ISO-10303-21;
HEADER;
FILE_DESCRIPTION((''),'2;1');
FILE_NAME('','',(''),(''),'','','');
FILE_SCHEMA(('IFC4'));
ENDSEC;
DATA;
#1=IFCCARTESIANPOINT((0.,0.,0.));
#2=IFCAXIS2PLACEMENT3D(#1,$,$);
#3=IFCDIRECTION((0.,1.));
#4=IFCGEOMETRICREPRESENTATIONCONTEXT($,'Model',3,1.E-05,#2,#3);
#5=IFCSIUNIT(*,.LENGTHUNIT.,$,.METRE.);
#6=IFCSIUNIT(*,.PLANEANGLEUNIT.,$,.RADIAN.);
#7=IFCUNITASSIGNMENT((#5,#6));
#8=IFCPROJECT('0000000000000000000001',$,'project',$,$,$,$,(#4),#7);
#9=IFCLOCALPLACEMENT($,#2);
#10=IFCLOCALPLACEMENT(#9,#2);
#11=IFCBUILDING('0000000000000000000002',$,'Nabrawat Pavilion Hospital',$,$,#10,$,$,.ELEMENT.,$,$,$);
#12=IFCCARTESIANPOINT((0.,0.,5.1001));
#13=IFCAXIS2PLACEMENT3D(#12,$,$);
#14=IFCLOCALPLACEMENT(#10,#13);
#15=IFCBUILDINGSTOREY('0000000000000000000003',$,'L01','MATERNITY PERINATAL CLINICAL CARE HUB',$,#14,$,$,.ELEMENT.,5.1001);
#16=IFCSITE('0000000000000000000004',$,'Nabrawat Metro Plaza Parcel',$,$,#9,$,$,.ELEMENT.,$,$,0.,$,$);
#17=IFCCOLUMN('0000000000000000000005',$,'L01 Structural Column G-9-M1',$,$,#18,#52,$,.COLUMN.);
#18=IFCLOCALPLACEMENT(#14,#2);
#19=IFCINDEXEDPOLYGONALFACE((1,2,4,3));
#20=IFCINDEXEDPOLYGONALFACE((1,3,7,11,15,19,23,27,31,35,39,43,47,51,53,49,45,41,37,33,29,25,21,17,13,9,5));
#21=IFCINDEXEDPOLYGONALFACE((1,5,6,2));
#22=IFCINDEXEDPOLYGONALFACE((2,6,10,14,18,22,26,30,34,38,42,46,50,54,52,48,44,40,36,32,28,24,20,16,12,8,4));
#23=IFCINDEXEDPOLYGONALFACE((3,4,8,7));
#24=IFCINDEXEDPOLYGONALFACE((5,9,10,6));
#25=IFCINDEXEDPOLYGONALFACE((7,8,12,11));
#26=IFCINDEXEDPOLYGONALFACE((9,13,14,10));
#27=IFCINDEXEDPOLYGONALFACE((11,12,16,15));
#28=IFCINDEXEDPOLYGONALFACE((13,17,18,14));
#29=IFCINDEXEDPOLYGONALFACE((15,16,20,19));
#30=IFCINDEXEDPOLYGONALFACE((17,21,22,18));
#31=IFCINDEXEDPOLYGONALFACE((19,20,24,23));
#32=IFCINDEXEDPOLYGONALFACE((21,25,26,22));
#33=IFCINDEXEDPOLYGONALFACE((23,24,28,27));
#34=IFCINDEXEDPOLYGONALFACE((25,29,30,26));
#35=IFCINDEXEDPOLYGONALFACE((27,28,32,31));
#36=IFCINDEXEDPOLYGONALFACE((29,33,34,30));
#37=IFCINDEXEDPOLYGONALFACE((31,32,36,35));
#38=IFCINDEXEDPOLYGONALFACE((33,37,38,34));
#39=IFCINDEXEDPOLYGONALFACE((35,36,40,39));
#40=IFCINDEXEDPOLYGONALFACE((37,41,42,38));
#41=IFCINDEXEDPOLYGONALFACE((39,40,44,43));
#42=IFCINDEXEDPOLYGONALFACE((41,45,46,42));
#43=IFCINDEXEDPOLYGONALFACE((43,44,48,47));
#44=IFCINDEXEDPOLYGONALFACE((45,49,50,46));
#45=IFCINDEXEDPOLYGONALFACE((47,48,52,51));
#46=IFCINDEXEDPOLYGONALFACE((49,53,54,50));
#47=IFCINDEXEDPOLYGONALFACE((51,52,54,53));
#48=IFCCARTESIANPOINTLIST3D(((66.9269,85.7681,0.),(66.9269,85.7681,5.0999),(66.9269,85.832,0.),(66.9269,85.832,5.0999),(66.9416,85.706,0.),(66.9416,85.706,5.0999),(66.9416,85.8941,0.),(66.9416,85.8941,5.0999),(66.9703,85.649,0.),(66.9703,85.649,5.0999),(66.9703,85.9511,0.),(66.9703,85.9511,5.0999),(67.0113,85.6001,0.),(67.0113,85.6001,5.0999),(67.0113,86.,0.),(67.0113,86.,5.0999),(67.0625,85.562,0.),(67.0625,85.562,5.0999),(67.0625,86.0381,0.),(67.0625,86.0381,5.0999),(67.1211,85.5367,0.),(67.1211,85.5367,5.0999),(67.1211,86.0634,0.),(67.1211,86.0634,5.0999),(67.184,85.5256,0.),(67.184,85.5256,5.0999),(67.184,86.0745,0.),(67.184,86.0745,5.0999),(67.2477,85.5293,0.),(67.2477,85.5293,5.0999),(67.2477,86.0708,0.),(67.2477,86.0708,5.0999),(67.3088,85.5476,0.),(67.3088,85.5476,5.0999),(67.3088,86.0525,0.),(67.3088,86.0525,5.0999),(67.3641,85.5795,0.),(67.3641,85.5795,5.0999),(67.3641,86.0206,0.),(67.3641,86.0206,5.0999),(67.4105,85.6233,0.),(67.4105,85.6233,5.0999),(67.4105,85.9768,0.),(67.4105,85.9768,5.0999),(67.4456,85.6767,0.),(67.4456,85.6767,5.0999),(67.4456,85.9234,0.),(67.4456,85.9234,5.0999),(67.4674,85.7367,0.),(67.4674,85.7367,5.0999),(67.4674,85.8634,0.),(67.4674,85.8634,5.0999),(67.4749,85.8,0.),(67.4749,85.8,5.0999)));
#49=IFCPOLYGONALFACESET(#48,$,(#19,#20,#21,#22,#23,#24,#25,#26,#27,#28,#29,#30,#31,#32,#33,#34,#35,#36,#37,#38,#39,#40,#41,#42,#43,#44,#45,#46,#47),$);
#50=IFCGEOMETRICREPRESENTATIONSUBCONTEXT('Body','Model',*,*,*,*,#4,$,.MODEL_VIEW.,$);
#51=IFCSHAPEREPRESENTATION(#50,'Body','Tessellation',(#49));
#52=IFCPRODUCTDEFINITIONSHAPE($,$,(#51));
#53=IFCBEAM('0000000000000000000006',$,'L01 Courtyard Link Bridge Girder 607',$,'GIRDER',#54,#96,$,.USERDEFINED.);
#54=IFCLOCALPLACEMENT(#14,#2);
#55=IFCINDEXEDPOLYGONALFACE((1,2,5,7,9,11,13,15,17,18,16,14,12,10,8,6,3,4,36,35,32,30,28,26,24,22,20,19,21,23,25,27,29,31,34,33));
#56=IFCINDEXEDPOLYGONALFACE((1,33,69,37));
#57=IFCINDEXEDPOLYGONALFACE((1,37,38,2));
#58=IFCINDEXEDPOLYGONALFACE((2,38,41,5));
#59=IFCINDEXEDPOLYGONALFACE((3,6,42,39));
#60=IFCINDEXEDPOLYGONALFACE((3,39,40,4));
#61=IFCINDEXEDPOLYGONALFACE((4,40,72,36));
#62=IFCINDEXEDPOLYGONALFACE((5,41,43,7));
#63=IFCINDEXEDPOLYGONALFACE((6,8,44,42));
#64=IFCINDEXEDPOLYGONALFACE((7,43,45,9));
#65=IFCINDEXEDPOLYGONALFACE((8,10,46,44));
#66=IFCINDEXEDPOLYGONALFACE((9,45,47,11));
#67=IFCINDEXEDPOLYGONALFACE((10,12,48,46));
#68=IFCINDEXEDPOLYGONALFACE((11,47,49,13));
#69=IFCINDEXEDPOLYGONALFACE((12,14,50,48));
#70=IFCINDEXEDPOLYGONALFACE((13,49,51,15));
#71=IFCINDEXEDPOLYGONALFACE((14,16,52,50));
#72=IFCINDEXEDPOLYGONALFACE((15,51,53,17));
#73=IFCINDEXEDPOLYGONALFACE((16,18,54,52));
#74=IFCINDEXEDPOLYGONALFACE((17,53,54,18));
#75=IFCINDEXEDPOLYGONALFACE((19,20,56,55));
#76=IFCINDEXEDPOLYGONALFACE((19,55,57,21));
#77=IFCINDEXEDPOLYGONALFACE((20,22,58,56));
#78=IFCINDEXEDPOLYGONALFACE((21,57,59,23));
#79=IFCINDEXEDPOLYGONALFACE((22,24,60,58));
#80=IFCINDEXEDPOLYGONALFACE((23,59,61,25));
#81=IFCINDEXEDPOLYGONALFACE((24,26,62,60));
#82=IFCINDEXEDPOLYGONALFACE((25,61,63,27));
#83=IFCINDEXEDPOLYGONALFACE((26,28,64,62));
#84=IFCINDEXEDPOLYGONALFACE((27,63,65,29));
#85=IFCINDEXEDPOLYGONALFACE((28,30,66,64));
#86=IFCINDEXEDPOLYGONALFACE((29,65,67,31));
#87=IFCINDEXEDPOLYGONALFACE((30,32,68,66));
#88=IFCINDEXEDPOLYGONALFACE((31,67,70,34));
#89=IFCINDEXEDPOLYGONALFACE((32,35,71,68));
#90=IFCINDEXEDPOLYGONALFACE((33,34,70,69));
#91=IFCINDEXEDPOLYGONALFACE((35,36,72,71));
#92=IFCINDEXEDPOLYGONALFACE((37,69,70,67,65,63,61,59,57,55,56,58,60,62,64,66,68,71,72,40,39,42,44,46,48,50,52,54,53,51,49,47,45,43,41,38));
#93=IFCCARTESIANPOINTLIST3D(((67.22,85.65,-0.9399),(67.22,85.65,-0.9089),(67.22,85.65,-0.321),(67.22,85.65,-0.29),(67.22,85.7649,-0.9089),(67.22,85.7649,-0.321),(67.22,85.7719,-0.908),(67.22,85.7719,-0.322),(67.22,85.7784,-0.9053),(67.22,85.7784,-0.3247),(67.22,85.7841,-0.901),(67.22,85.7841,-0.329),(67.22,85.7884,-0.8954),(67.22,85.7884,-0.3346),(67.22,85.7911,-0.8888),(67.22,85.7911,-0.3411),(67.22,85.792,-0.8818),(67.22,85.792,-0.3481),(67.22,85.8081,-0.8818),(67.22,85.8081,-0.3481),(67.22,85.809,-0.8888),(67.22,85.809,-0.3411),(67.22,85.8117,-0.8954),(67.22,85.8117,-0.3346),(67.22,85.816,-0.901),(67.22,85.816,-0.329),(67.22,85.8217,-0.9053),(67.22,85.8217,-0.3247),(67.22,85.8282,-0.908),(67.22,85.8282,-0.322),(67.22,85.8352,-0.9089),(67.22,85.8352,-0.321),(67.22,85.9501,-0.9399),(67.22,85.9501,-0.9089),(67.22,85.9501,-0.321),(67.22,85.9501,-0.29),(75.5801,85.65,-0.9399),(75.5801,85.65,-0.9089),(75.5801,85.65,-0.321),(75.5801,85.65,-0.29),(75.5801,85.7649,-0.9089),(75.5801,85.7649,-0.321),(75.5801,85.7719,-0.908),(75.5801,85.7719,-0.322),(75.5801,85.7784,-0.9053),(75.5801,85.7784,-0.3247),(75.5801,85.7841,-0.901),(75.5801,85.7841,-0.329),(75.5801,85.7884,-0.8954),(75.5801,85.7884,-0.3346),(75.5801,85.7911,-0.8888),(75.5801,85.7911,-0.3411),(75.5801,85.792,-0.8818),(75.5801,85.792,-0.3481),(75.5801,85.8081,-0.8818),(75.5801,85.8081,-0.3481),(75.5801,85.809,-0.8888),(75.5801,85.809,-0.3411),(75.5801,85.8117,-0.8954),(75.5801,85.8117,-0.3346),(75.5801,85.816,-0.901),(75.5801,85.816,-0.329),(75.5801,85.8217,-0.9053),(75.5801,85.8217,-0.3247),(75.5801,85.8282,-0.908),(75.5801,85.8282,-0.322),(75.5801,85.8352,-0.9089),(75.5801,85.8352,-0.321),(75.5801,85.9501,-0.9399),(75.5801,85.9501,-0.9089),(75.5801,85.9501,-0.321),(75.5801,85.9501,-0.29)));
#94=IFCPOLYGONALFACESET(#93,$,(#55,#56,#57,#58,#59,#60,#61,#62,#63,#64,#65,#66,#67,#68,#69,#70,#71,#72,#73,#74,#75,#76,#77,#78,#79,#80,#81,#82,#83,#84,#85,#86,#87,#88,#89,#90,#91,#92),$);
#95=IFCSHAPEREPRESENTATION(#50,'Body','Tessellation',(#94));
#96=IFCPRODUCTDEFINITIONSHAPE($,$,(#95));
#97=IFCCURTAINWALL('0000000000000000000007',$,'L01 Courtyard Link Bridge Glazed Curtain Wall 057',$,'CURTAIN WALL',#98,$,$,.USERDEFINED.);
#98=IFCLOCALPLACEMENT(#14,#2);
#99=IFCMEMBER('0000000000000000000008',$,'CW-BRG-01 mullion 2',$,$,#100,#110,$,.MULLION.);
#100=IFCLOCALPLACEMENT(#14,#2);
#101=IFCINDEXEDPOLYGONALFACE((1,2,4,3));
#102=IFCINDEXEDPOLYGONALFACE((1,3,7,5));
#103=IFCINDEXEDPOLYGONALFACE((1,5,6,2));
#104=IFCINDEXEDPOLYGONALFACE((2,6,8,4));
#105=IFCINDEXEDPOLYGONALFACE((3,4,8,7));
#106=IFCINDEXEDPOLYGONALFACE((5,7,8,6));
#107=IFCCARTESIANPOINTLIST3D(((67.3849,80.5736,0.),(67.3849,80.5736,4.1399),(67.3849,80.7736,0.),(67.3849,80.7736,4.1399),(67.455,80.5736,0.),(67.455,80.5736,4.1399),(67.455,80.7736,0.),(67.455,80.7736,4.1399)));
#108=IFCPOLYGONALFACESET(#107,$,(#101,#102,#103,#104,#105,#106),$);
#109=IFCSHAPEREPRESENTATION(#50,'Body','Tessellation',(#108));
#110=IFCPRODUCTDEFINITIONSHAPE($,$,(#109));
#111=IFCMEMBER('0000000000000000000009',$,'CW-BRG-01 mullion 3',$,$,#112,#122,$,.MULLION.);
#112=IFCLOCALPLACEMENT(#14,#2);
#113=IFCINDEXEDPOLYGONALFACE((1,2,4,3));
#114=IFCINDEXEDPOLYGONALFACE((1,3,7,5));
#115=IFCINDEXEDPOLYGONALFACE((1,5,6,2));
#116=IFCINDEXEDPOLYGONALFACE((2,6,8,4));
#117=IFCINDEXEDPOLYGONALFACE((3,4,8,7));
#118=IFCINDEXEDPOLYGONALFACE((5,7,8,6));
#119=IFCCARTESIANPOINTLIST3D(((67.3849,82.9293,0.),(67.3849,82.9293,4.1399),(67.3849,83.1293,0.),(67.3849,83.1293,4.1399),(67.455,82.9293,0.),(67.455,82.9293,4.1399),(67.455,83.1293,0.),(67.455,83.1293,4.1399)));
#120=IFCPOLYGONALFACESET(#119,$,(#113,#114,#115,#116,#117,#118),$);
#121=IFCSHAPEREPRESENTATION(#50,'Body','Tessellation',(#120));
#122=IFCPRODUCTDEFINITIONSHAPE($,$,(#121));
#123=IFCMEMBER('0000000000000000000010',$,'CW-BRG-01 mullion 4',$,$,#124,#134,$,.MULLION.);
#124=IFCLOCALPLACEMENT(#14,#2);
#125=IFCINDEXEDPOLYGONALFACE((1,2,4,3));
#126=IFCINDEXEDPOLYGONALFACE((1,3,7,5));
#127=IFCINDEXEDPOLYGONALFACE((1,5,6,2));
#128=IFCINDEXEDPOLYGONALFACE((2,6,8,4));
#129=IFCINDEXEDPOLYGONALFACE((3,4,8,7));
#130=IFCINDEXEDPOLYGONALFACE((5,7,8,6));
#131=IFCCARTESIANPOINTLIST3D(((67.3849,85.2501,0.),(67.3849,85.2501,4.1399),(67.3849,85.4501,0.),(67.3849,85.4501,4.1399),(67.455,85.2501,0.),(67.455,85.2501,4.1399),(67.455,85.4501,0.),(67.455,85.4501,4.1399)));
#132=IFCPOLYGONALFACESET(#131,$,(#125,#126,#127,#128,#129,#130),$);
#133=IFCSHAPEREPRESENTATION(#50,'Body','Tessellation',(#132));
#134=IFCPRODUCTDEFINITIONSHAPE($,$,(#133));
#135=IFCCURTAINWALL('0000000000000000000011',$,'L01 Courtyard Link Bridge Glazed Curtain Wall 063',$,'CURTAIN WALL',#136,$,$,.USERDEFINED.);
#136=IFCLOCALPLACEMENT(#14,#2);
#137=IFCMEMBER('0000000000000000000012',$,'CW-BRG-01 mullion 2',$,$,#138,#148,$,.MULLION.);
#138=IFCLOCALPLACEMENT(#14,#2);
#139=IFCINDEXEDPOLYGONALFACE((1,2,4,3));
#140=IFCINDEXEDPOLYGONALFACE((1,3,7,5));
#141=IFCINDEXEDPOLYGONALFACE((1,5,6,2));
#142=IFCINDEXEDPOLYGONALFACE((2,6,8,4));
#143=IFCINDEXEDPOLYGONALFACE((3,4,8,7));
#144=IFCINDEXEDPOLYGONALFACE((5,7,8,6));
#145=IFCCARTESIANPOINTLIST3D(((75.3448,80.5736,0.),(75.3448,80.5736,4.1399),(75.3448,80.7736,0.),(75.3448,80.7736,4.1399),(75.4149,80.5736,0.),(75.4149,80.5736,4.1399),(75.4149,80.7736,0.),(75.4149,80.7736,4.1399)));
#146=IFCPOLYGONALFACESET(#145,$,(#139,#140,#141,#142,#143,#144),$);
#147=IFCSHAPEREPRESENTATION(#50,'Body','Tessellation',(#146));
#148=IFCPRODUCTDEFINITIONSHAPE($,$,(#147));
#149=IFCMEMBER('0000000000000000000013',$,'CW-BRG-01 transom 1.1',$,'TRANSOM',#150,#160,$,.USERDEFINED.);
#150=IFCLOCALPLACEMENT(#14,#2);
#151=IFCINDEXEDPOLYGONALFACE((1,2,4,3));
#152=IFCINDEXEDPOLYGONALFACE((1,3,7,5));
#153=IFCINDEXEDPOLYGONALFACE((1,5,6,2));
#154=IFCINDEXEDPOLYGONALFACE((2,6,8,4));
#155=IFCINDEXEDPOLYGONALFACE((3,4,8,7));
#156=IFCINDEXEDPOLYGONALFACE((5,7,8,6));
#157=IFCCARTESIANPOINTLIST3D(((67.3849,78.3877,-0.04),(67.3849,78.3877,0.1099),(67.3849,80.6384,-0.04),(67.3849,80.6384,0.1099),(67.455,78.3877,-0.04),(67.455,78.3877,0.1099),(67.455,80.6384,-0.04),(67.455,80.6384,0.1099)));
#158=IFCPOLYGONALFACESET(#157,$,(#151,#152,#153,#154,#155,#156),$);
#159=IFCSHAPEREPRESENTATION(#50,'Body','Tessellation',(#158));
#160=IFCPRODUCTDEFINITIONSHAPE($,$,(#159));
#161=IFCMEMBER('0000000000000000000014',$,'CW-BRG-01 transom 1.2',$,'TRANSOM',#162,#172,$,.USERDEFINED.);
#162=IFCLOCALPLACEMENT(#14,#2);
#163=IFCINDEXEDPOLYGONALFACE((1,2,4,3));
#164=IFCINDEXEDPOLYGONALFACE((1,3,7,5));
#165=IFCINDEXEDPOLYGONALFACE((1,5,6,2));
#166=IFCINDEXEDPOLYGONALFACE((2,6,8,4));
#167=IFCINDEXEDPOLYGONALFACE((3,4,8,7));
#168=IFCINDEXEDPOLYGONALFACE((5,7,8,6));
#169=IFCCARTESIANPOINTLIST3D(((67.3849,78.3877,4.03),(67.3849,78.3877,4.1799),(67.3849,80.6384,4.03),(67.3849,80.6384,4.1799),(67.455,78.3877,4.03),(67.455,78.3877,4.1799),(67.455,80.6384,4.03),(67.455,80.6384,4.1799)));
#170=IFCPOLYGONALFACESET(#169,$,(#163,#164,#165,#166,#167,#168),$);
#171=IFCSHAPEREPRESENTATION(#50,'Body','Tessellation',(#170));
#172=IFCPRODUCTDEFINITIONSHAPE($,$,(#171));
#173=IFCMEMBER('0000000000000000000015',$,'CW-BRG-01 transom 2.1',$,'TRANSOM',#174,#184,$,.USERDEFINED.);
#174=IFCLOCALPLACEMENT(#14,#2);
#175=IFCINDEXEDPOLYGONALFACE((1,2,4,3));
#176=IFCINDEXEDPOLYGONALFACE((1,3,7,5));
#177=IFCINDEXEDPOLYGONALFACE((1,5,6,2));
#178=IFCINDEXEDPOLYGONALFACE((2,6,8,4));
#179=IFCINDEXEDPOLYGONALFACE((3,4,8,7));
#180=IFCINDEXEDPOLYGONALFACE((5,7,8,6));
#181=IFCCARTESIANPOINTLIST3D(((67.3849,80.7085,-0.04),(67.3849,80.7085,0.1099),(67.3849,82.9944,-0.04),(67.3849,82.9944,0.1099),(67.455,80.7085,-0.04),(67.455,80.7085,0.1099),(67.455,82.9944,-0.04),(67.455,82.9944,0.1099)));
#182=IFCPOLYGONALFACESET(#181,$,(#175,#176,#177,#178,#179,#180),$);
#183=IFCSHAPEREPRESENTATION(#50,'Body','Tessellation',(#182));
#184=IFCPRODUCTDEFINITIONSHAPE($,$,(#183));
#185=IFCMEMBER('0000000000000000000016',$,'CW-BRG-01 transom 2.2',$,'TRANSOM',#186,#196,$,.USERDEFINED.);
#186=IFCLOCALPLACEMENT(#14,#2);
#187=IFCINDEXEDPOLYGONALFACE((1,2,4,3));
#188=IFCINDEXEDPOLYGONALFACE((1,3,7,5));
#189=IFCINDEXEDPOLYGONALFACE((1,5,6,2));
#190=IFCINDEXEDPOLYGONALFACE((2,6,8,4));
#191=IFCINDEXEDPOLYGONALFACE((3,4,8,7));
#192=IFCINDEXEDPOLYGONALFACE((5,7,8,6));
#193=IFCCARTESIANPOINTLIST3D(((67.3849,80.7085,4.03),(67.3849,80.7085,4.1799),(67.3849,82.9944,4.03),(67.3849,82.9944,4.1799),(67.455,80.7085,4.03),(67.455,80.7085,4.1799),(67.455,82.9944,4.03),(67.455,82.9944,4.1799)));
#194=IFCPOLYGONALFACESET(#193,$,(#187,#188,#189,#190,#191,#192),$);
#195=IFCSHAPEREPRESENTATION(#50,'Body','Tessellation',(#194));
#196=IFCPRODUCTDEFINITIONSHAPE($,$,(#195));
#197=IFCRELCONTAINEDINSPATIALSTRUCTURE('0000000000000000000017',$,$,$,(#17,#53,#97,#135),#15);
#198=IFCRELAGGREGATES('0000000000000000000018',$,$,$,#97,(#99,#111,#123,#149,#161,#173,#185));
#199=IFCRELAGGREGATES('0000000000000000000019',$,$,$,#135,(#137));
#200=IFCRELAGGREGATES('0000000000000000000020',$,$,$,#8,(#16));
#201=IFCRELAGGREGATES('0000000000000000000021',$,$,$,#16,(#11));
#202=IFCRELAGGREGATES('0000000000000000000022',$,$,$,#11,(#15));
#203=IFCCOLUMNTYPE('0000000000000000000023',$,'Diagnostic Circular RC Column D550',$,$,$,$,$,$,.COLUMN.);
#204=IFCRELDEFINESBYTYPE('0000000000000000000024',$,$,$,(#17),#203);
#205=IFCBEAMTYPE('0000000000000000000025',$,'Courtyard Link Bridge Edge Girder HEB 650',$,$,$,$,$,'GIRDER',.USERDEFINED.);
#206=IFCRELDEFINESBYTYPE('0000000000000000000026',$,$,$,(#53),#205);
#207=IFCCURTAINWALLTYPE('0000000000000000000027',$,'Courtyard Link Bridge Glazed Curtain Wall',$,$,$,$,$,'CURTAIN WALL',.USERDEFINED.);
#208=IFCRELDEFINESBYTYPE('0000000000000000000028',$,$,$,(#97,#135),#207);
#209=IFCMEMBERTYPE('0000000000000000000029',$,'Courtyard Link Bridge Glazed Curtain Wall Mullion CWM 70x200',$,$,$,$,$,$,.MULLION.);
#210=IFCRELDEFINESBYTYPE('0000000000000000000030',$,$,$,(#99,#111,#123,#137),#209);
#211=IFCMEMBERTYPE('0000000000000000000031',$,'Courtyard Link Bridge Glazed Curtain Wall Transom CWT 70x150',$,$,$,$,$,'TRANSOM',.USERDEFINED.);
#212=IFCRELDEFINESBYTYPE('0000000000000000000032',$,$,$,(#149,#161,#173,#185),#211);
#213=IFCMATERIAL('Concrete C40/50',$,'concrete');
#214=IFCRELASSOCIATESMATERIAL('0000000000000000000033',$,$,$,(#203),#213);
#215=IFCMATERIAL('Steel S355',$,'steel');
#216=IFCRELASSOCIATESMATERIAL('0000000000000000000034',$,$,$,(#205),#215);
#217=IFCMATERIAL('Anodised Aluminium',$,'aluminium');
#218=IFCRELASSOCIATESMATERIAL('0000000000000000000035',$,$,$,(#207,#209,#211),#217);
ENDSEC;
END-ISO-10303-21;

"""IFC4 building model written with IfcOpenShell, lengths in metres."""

from ifc_helpers import new_model, si_unit, direction, frame, origin, origin_2d, place, context, subcontext, project, spatial, rectangle, circle, i_section, extrude, material, material_profile, profile_set, type_object, element, aggregate, save


model = new_model("IFC4")

# Units and contexts
model_context = context("Model", 3, precision=1e-05, world=origin(), true_north=direction((0.0, 1.0)))
body_context = subcontext(model_context, "Body", "Model", "MODEL_VIEW")
ifc_project = project(units=[si_unit("LENGTHUNIT", "METRE"), si_unit("PLANEANGLEUNIT", "RADIAN")], contexts=[model_context])

# Site, building, storey
site_placement = place(None, origin())
site = spatial("IfcSite", under=ifc_project, at=site_placement, Name="Nabrawat Metro Plaza Parcel", CompositionType="ELEMENT", RefElevation=0.0)
building_placement = place(site_placement, origin())
building = spatial("IfcBuilding", under=site, at=building_placement, Name="Nabrawat Pavilion Hospital", CompositionType="ELEMENT")
storey_placement = place(building_placement, frame((0.0, 0.0, 5.1001)))
storey = spatial("IfcBuildingStorey", under=building, at=storey_placement, Name="L01", Description="MATERNITY PERINATAL CLINICAL CARE HUB", CompositionType="ELEMENT", Elevation=5.1001)

# Column
ifc_material_1 = material(Name="Concrete C40/50", Category="concrete")
ifc_material_profile_1 = material_profile(ifc_material_1, circle(Radius=0.2749, at=origin_2d()), Name="RC D550")
ifc_profile_set_1 = profile_set([ifc_material_profile_1], Name="Concrete C40/50")
column_type = type_object("IfcColumnType", Name="Diagnostic Circular RC Column D550", PredefinedType="COLUMN", material=ifc_profile_set_1)
column_placement = place(storey_placement, frame((67.2, 85.8, 0.0), z_axis=(0.0, 0.0, 1.0), x_axis=(1.0, 0.0, 0.0)))
element("IfcColumn", 1, at=column_placement, inside=storey, type_object=column_type, Name="L01 Structural Column G-9-M1", PredefinedType="COLUMN", context=body_context, shape_type="SweptSolid", body=[
    extrude(circle(Radius=0.2749, at=origin_2d()), origin(), (0.0, 0.0, 1.0), 5.0999),
])

# Beam
ifc_material_2 = material(Name="Steel S355", Category="steel")
ifc_material_profile_2 = material_profile(ifc_material_2, i_section(OverallWidth=0.3, OverallDepth=0.6499, WebThickness=0.0161, FlangeThickness=0.031, FilletRadius=0.0271, at=origin_2d()), Name="HEB 650")
ifc_profile_set_2 = profile_set([ifc_material_profile_2], Name="Steel S355")
beam_type_1 = type_object("IfcBeamType", Name="Courtyard Link Bridge Edge Girder HEB 650", ElementType="GIRDER", PredefinedType="USERDEFINED", material=ifc_profile_set_2)
beam_1_placement = place(storey_placement, frame((67.22, 85.8, -0.615), z_axis=(1.0, 0.0, 0.0), x_axis=(0.0, 1.0, 0.0)))
element("IfcBeam", 2, at=beam_1_placement, inside=storey, type_object=beam_type_1, Name="L01 Courtyard Link Bridge Girder 607", ObjectType="GIRDER", PredefinedType="USERDEFINED", context=body_context, shape_type="SweptSolid", body=[
    extrude(i_section(OverallWidth=0.3, OverallDepth=0.6499, WebThickness=0.0161, FlangeThickness=0.031, FilletRadius=0.0271, at=origin_2d()), origin(), (0.0, 0.0, 1.0), 8.3601),
])

# Curtain wall, members
ifc_material_3 = material(Name="Anodised Aluminium", Category="aluminium")
curtain_wall_type_1 = type_object("IfcCurtainWallType", Name="Courtyard Link Bridge Glazed Curtain Wall", ElementType="CURTAIN WALL", PredefinedType="USERDEFINED", material=ifc_material_3)
curtain_wall_1_placement = place(storey_placement, origin())
curtain_wall_1 = element("IfcCurtainWall", 3, at=curtain_wall_1_placement, inside=storey, type_object=curtain_wall_type_1, Name="L01 Courtyard Link Bridge Glazed Curtain Wall 057", ObjectType="CURTAIN WALL", PredefinedType="USERDEFINED")
ifc_material_profile_3 = material_profile(ifc_material_3, rectangle(XDim=0.0701, YDim=0.2, at=origin_2d()), Name="CWM 70x200")
ifc_profile_set_3 = profile_set([ifc_material_profile_3], Name="Anodised Aluminium")
member_type_1 = type_object("IfcMemberType", Name="Courtyard Link Bridge Glazed Curtain Wall Mullion CWM 70x200", PredefinedType="MULLION", material=ifc_profile_set_3)
member_1_placement = place(storey_placement, frame((67.4199, 80.6736, 0.0), z_axis=(0.0, 0.0, 1.0), x_axis=(-1.0, 0.0, 0.0)))
member_1 = element("IfcMember", 4, at=member_1_placement, type_object=member_type_1, Name="CW-BRG-01 mullion 2", PredefinedType="MULLION", context=body_context, shape_type="SweptSolid", body=[
    extrude(rectangle(XDim=0.0701, YDim=0.2, at=origin_2d()), origin(), (0.0, 0.0, 1.0), 4.1399),
])
member_2_placement = place(storey_placement, frame((67.4199, 83.0293, 0.0), z_axis=(0.0, 0.0, 1.0), x_axis=(-1.0, 0.0, 0.0)))
member_2 = element("IfcMember", 5, at=member_2_placement, type_object=member_type_1, Name="CW-BRG-01 mullion 3", PredefinedType="MULLION", context=body_context, shape_type="SweptSolid", body=[
    extrude(rectangle(XDim=0.0701, YDim=0.2, at=origin_2d()), origin(), (0.0, 0.0, 1.0), 4.1399),
])
member_3_placement = place(storey_placement, frame((67.4199, 85.3501, 0.0), z_axis=(0.0, 0.0, 1.0), x_axis=(-1.0, 0.0, 0.0)))
member_3 = element("IfcMember", 6, at=member_3_placement, type_object=member_type_1, Name="CW-BRG-01 mullion 4", PredefinedType="MULLION", context=body_context, shape_type="SweptSolid", body=[
    extrude(rectangle(XDim=0.0701, YDim=0.2, at=origin_2d()), origin(), (0.0, 0.0, 1.0), 4.1399),
])

# Curtain wall, member
curtain_wall_2_placement = place(storey_placement, origin())
curtain_wall_2 = element("IfcCurtainWall", 7, at=curtain_wall_2_placement, inside=storey, type_object=curtain_wall_type_1, Name="L01 Courtyard Link Bridge Glazed Curtain Wall 063", ObjectType="CURTAIN WALL", PredefinedType="USERDEFINED")
member_4_placement = place(storey_placement, frame((75.3799, 80.6736, 0.0), z_axis=(0.0, 0.0, 1.0), x_axis=(-1.0, 0.0, 0.0)))
member_4 = element("IfcMember", 8, at=member_4_placement, type_object=member_type_1, Name="CW-BRG-01 mullion 2", PredefinedType="MULLION", context=body_context, shape_type="SweptSolid", body=[
    extrude(rectangle(XDim=0.0701, YDim=0.2, at=origin_2d()), origin(), (0.0, 0.0, 1.0), 4.1399),
])

# Members
ifc_material_profile_4 = material_profile(ifc_material_3, rectangle(XDim=0.0701, YDim=0.1499, at=origin_2d()), Name="CWT 70x150")
ifc_profile_set_4 = profile_set([ifc_material_profile_4], Name="Anodised Aluminium")
member_type_2 = type_object("IfcMemberType", Name="Courtyard Link Bridge Glazed Curtain Wall Transom CWT 70x150", ElementType="TRANSOM", PredefinedType="USERDEFINED", material=ifc_profile_set_4)
member_5_placement = place(storey_placement, frame((67.4199, 78.3877, 0.0349), z_axis=(0.0, 1.0, 0.0), x_axis=(-1.0, 0.0, 0.0)))
member_5 = element("IfcMember", 9, at=member_5_placement, type_object=member_type_2, Name="CW-BRG-01 transom 1.1", ObjectType="TRANSOM", PredefinedType="USERDEFINED", context=body_context, shape_type="SweptSolid", body=[
    extrude(rectangle(XDim=0.0701, YDim=0.1499, at=origin_2d()), origin(), (0.0, 0.0, 1.0), 2.2507),
])
member_6_placement = place(storey_placement, frame((67.4199, 78.3877, 4.105), z_axis=(0.0, 1.0, 0.0), x_axis=(-1.0, 0.0, 0.0)))
member_6 = element("IfcMember", 10, at=member_6_placement, type_object=member_type_2, Name="CW-BRG-01 transom 1.2", ObjectType="TRANSOM", PredefinedType="USERDEFINED", context=body_context, shape_type="SweptSolid", body=[
    extrude(rectangle(XDim=0.0701, YDim=0.1499, at=origin_2d()), origin(), (0.0, 0.0, 1.0), 2.2507),
])
member_7_placement = place(storey_placement, frame((67.4199, 80.7085, 0.0349), z_axis=(0.0, 1.0, 0.0), x_axis=(-1.0, 0.0, 0.0)))
member_7 = element("IfcMember", 11, at=member_7_placement, type_object=member_type_2, Name="CW-BRG-01 transom 2.1", ObjectType="TRANSOM", PredefinedType="USERDEFINED", context=body_context, shape_type="SweptSolid", body=[
    extrude(rectangle(XDim=0.0701, YDim=0.1499, at=origin_2d()), origin(), (0.0, 0.0, 1.0), 2.2859),
])
member_8_placement = place(storey_placement, frame((67.4199, 80.7085, 4.105), z_axis=(0.0, 1.0, 0.0), x_axis=(-1.0, 0.0, 0.0)))
member_8 = element("IfcMember", 12, at=member_8_placement, type_object=member_type_2, Name="CW-BRG-01 transom 2.2", ObjectType="TRANSOM", PredefinedType="USERDEFINED", context=body_context, shape_type="SweptSolid", body=[
    extrude(rectangle(XDim=0.0701, YDim=0.1499, at=origin_2d()), origin(), (0.0, 0.0, 1.0), 2.2859),
])

aggregate(curtain_wall_1, [member_1, member_2, member_3, member_5, member_6, member_7, member_8])
aggregate(curtain_wall_2, [member_4])

save(model, "model.ifc")
